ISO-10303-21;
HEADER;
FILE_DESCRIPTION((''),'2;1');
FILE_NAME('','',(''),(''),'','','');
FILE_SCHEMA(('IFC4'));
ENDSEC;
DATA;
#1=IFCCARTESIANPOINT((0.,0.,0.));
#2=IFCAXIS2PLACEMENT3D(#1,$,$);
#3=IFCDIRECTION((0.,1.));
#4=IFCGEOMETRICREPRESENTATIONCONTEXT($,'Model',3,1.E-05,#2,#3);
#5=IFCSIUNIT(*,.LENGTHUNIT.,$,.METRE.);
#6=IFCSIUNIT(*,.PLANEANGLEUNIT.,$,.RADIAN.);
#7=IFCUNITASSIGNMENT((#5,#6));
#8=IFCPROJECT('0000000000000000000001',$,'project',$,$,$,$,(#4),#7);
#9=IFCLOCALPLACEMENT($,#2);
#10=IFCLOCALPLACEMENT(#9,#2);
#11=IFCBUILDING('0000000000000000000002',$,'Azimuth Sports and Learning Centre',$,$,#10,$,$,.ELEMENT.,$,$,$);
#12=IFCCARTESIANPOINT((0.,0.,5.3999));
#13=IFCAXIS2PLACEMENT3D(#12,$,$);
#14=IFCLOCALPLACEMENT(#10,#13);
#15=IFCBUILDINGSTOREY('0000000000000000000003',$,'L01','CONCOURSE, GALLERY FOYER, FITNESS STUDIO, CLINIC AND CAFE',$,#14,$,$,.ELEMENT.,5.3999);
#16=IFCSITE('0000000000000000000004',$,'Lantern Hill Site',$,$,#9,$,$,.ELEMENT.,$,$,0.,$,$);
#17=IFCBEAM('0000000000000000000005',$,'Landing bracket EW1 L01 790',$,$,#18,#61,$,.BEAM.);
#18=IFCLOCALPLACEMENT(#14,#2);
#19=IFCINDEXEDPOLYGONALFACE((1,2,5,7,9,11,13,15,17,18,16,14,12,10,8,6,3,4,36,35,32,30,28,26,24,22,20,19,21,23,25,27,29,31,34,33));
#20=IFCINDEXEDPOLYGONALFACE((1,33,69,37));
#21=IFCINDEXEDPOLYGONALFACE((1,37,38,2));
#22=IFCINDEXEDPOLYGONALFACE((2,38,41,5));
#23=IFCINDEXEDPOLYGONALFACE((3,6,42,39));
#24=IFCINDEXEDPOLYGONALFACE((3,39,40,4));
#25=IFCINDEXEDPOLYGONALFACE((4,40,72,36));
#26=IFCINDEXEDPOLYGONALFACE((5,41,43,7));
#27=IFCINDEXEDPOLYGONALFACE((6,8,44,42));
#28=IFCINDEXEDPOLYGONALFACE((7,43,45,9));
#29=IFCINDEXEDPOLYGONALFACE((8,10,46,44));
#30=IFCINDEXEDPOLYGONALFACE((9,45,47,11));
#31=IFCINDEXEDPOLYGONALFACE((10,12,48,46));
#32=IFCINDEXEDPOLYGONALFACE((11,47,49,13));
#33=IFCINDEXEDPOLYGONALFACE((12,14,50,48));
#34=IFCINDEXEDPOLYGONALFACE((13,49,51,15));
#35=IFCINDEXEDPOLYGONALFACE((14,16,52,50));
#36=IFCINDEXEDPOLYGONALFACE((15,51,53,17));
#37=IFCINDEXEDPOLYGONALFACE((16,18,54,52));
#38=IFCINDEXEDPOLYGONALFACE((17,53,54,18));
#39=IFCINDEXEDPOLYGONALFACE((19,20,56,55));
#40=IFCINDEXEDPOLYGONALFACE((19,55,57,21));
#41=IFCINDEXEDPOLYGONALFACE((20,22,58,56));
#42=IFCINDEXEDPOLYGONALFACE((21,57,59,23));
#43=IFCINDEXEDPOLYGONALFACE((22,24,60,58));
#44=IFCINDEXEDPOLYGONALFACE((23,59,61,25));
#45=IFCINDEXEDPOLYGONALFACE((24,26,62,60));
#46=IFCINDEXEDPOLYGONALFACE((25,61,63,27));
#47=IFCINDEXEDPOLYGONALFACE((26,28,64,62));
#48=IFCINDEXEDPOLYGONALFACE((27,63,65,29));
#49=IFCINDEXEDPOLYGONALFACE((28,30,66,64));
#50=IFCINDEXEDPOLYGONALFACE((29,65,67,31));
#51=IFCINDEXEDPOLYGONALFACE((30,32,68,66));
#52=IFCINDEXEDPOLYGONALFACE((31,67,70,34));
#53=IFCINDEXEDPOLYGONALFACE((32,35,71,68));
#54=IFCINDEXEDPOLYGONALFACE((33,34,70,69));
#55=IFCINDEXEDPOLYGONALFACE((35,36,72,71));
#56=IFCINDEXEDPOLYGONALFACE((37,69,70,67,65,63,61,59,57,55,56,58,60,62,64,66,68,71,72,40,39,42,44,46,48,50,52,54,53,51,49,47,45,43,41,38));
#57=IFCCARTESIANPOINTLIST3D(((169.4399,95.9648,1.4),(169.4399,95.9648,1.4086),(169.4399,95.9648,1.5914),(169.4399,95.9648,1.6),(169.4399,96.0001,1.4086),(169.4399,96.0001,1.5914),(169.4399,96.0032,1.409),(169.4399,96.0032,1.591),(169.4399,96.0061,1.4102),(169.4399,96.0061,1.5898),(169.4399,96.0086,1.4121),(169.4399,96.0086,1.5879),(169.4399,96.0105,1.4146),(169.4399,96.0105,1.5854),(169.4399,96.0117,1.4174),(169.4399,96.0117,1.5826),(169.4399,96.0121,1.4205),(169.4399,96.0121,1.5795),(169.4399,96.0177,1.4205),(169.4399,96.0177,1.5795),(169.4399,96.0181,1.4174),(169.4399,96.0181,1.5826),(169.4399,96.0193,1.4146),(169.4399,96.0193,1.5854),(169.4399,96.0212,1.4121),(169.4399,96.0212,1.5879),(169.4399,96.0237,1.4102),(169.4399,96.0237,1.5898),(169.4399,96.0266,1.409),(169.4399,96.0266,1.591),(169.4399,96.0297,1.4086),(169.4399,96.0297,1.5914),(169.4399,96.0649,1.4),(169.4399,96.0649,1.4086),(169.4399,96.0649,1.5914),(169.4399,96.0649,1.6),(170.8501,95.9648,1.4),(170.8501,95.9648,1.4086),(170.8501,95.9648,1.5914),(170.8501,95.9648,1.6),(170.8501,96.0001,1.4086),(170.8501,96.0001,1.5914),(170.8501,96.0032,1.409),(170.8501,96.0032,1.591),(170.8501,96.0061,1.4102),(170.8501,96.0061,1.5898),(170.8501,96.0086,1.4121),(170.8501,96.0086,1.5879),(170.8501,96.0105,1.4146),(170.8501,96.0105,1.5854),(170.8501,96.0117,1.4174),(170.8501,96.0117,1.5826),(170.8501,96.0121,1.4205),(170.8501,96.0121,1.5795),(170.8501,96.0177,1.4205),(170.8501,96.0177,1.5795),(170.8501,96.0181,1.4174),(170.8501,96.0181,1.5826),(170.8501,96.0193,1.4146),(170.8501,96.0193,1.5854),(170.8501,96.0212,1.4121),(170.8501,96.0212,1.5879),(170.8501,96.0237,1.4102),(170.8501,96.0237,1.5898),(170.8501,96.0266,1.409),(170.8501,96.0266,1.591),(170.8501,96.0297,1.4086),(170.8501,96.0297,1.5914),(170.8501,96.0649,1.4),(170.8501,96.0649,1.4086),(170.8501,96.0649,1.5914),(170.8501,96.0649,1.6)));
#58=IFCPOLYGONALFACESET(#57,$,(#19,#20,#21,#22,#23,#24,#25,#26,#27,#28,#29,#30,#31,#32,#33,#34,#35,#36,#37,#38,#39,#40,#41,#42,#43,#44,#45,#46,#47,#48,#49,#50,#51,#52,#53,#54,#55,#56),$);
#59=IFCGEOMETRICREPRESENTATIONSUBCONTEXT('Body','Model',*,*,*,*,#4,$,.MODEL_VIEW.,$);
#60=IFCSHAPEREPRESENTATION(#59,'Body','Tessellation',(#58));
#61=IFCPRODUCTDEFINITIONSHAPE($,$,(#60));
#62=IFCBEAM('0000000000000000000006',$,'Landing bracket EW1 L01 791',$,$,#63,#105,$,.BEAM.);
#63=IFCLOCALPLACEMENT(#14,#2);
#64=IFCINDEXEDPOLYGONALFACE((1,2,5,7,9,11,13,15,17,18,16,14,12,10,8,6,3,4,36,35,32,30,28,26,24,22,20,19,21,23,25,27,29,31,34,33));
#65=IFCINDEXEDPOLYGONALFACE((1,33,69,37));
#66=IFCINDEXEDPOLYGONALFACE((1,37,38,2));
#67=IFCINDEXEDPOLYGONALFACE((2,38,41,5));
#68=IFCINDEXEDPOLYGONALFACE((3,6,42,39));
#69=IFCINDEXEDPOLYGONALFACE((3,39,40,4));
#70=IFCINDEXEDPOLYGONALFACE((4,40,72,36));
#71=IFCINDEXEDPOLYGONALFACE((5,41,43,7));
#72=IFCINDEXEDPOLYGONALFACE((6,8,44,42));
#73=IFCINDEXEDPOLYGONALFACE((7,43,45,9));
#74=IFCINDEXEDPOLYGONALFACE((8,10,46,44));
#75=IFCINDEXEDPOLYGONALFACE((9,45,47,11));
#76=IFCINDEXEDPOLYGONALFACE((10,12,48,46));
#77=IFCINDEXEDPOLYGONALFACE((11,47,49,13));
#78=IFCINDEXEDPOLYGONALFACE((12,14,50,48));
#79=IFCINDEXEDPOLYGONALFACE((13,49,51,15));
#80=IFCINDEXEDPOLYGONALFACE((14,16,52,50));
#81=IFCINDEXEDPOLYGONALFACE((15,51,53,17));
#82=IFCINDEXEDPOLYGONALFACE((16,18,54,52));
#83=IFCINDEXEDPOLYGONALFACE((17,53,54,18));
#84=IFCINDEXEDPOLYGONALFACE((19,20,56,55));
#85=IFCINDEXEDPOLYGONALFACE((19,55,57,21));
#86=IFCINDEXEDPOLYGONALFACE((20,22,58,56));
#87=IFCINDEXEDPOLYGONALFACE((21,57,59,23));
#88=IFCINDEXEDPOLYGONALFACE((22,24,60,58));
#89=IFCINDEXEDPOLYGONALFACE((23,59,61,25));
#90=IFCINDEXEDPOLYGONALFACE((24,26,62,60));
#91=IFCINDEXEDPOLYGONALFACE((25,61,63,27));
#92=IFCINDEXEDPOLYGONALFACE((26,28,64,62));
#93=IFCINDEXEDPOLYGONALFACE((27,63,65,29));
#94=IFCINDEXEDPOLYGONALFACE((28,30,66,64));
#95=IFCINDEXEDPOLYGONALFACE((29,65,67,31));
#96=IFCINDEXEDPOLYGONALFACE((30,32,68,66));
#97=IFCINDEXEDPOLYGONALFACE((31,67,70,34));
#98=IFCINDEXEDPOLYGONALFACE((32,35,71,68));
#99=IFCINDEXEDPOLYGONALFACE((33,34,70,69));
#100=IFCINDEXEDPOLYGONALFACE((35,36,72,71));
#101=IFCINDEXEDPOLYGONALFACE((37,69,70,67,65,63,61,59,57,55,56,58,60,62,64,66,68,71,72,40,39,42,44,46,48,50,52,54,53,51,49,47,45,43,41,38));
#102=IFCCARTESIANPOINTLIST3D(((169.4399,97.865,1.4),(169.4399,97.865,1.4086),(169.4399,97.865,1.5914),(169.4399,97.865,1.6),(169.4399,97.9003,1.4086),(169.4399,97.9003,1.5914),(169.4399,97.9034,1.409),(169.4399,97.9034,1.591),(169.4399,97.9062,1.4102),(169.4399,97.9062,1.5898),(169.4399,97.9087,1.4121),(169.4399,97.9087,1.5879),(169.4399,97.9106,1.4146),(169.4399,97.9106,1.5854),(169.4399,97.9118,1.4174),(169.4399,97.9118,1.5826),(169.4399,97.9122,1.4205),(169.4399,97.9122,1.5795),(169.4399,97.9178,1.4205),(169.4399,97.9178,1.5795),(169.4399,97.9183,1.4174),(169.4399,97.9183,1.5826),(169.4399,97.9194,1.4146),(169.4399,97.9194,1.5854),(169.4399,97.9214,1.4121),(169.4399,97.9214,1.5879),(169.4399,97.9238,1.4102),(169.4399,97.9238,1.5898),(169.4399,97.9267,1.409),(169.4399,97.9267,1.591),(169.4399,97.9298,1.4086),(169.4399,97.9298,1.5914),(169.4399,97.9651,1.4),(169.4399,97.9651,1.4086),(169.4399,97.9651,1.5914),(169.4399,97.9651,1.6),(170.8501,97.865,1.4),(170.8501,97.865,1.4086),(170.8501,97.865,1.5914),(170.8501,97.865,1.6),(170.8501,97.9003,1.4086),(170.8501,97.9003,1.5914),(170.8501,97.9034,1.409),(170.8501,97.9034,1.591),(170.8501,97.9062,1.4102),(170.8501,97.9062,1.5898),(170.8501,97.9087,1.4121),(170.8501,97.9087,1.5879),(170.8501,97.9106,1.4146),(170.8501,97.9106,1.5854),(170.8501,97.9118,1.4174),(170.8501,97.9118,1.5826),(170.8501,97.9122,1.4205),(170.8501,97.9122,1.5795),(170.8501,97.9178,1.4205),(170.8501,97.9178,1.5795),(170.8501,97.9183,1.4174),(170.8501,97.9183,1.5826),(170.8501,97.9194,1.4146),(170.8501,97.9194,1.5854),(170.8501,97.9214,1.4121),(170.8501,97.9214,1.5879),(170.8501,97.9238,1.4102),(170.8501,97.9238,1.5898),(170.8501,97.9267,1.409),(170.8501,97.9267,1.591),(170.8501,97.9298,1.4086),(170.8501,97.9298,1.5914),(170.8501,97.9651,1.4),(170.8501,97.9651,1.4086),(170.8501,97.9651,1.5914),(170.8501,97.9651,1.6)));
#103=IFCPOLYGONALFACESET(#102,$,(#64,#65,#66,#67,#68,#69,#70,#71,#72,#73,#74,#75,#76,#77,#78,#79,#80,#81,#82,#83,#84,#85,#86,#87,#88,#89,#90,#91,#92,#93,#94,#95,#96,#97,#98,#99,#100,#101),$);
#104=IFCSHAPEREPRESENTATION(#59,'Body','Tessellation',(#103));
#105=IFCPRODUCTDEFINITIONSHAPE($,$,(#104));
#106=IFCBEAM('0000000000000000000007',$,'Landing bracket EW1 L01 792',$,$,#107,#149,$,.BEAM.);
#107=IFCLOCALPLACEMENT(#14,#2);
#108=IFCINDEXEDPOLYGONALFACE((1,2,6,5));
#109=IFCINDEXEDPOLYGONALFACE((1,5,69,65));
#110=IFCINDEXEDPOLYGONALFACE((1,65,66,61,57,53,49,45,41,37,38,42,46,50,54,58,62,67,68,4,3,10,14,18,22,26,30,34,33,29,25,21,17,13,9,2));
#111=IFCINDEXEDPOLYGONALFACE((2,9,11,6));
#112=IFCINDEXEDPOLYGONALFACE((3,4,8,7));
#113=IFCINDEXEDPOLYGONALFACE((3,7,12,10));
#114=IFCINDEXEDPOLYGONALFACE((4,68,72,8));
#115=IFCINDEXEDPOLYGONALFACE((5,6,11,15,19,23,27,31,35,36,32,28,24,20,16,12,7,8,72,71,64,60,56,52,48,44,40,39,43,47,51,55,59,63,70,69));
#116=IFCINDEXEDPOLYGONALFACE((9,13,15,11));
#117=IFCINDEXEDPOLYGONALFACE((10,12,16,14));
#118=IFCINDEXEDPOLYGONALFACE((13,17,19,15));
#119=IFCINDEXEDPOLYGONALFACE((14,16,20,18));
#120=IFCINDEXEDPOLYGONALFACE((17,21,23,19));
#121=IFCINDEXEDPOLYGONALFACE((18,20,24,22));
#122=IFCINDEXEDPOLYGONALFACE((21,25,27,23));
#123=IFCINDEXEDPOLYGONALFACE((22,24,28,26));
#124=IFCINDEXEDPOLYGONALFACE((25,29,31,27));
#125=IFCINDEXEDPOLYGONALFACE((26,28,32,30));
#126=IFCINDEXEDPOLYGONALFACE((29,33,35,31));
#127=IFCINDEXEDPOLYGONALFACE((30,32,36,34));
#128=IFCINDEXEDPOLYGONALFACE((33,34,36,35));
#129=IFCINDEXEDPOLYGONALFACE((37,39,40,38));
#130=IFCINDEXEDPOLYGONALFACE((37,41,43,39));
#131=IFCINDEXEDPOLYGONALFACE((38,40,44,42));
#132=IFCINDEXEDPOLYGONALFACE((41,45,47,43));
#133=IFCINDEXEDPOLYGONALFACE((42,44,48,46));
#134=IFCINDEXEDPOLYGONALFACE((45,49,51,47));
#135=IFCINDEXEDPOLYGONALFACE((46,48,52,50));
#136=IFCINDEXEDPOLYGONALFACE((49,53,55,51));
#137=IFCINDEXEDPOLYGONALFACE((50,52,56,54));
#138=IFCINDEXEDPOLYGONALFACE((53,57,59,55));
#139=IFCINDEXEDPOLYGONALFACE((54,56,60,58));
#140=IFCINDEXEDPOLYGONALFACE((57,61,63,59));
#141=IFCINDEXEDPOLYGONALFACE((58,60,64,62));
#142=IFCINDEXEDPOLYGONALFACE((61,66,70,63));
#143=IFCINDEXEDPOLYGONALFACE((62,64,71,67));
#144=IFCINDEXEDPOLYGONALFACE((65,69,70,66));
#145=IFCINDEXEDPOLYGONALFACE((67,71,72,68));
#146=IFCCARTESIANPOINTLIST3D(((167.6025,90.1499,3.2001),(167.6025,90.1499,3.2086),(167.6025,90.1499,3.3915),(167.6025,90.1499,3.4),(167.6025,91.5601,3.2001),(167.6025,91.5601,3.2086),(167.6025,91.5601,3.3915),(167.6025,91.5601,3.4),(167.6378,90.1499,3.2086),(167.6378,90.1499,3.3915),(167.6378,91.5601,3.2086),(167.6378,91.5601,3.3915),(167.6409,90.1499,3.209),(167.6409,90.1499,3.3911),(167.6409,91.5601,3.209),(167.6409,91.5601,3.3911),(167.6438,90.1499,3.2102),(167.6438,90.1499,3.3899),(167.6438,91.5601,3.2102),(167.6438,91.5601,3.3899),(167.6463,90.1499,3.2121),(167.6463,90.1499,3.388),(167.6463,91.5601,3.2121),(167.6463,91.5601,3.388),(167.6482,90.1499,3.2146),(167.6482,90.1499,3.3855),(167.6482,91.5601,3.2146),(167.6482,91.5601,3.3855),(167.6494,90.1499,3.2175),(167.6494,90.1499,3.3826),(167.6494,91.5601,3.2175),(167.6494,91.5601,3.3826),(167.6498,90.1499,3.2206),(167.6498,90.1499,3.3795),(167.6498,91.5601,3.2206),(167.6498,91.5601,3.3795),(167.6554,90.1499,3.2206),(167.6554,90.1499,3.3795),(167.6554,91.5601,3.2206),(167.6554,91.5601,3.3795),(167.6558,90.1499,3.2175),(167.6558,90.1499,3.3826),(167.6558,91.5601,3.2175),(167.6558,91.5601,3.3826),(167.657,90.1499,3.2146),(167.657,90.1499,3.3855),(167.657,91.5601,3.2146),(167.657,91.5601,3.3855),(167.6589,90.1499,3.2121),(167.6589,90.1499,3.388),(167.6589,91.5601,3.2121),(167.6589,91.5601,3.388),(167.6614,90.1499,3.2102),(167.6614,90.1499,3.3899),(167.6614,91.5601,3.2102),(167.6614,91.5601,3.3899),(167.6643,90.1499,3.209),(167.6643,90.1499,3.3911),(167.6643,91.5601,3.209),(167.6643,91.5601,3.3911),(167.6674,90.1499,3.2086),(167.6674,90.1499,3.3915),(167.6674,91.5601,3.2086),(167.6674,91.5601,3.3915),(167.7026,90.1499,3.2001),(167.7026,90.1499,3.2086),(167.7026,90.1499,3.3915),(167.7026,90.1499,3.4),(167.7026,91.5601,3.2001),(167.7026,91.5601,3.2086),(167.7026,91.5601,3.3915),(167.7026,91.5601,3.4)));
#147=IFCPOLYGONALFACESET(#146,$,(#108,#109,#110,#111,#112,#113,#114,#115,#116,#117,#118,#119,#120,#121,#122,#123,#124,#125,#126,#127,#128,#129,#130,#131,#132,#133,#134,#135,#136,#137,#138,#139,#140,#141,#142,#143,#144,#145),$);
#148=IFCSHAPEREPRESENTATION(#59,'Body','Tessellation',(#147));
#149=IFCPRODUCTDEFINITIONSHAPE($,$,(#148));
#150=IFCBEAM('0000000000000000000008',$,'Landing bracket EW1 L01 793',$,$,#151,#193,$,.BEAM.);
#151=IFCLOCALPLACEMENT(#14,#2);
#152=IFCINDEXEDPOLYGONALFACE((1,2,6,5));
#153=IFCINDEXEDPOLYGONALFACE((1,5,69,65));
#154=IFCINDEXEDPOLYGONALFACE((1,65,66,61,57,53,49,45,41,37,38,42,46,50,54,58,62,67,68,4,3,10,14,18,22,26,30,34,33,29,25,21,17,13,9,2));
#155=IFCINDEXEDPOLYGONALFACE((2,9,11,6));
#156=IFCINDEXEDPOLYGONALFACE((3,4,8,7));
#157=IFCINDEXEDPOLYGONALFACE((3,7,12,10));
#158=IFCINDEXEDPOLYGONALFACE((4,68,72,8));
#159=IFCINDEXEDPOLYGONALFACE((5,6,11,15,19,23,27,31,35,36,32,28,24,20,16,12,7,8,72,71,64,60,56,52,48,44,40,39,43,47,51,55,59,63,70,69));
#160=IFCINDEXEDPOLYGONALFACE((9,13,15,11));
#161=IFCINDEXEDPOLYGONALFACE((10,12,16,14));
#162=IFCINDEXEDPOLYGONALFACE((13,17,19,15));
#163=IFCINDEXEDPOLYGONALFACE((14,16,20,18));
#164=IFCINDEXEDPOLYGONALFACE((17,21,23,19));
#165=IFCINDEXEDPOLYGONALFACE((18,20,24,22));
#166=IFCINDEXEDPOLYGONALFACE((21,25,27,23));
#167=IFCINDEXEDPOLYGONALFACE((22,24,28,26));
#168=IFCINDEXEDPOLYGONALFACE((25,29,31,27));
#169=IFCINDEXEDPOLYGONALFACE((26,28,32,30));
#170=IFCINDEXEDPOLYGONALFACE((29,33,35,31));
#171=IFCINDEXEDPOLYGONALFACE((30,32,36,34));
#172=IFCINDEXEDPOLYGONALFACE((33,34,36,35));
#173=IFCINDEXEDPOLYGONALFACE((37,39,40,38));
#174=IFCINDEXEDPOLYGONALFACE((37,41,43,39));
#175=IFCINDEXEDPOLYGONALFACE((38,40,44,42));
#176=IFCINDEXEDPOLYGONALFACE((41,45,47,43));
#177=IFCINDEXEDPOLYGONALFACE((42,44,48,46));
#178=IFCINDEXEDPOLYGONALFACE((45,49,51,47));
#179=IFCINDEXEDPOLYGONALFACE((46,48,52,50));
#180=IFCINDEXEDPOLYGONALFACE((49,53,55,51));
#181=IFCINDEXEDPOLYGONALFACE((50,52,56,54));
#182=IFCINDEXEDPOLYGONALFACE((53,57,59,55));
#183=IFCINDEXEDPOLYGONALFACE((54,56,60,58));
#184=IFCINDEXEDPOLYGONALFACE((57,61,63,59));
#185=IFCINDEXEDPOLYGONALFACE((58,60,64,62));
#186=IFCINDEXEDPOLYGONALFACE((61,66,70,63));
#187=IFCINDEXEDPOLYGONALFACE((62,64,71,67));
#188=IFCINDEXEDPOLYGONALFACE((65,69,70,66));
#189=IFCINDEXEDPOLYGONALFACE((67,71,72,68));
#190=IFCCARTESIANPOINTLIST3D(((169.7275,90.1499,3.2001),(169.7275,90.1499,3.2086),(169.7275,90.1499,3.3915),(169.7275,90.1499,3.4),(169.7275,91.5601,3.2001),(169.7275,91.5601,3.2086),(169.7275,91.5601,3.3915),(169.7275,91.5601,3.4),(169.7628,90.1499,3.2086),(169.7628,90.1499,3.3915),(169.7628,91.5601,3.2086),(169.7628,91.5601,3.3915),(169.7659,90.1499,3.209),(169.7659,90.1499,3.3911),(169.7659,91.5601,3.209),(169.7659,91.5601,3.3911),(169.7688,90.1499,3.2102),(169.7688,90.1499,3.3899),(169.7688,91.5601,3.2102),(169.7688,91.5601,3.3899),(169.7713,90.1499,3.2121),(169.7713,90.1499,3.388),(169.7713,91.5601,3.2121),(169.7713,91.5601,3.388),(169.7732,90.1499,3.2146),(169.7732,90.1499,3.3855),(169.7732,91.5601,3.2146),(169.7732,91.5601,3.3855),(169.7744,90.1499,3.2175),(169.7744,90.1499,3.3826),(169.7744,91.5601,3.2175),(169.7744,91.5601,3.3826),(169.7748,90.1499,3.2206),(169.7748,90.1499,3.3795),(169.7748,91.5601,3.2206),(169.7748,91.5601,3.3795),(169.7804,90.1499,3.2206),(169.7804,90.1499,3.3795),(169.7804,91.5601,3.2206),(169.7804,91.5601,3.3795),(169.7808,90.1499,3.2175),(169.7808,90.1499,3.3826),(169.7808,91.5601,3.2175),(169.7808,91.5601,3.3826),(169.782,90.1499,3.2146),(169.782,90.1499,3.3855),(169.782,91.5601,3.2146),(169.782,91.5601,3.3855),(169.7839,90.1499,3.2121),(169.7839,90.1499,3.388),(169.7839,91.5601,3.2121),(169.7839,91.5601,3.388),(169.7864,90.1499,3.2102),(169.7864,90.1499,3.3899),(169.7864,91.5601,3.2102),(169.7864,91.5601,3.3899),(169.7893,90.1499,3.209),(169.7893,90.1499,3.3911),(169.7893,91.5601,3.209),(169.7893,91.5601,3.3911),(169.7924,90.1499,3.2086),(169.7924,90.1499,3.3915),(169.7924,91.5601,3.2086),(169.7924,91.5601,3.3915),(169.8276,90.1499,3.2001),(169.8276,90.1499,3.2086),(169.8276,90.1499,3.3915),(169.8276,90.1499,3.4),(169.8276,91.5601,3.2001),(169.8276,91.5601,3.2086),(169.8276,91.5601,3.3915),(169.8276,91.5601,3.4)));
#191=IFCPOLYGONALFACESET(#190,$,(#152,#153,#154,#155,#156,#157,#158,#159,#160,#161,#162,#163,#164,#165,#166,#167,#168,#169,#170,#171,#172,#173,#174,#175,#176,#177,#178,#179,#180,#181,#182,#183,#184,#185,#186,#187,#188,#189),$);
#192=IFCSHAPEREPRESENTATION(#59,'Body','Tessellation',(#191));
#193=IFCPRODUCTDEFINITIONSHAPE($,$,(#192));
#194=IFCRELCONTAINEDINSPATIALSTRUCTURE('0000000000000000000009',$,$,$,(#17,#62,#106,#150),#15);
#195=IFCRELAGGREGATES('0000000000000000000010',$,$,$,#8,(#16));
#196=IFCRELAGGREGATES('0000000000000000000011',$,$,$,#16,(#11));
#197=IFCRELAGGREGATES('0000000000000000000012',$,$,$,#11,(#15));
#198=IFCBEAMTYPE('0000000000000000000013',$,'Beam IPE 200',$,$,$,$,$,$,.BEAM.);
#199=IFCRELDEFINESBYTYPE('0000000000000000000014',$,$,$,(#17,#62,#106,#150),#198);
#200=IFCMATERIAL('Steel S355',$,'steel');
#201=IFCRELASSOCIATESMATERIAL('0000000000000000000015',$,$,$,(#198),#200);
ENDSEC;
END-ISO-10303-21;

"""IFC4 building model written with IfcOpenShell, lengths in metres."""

from ifc_helpers import new_model, si_unit, direction, frame, origin, origin_2d, place, context, subcontext, project, spatial, i_section, extrude, material, material_profile, profile_set, type_object, element, save


model = new_model("IFC4")

# Units and contexts
model_context = context("Model", 3, precision=1e-05, world=origin(), true_north=direction((0.0, 1.0)))
body_context = subcontext(model_context, "Body", "Model", "MODEL_VIEW")
ifc_project = project(units=[si_unit("LENGTHUNIT", "METRE"), si_unit("PLANEANGLEUNIT", "RADIAN")], contexts=[model_context])

# Site, building, storey
site_placement = place(None, origin())
site = spatial("IfcSite", under=ifc_project, at=site_placement, Name="Lantern Hill Site", CompositionType="ELEMENT", RefElevation=0.0)
building_placement = place(site_placement, origin())
building = spatial("IfcBuilding", under=site, at=building_placement, Name="Azimuth Sports and Learning Centre", CompositionType="ELEMENT")
storey_placement = place(building_placement, frame((0.0, 0.0, 5.3999)))
storey = spatial("IfcBuildingStorey", under=building, at=storey_placement, Name="L01", Description="CONCOURSE, GALLERY FOYER, FITNESS STUDIO, CLINIC AND CAFE", CompositionType="ELEMENT", Elevation=5.3999)

# Beams
ifc_material_1 = material(Name="Steel S355", Category="steel")
ifc_material_profile_1 = material_profile(ifc_material_1, i_section(OverallWidth=0.1001, OverallDepth=0.2, WebThickness=0.0056, FlangeThickness=0.0085, FilletRadius=0.012, at=origin_2d()), Name="IPE 200")
ifc_profile_set_1 = profile_set([ifc_material_profile_1], Name="Steel S355")
beam_type_1 = type_object("IfcBeamType", Name="Beam IPE 200", PredefinedType="BEAM", material=ifc_profile_set_1)
for number, where, z_axis, x_axis, name in (
    (1, (170.8501, 96.0149, 1.5), (-1.0, 0.0, 0.0), (0.0, -1.0, 0.0), "Landing bracket EW1 L01 790"),
    (2, (170.8501, 97.915, 1.5), (-1.0, 0.0, 0.0), (0.0, -1.0, 0.0), "Landing bracket EW1 L01 791"),
    (3, (167.6526, 90.1499, 3.3), (0.0, 1.0, 0.0), (-1.0, 0.0, 0.0), "Landing bracket EW1 L01 792"),
    (4, (169.7776, 90.1499, 3.3), (0.0, 1.0, 0.0), (-1.0, 0.0, 0.0), "Landing bracket EW1 L01 793"),
):
    element("IfcBeam", number, at=place(storey_placement, frame(where, z_axis=z_axis, x_axis=x_axis)), inside=storey, type_object=beam_type_1, Name=name, PredefinedType="BEAM", context=body_context, shape_type="SweptSolid", body=[
        extrude(i_section(OverallWidth=0.1001, OverallDepth=0.2, WebThickness=0.0056, FlangeThickness=0.0085, FilletRadius=0.012, at=origin_2d()), origin(), (0.0, 0.0, 1.0), 1.4102),
    ])

save(model, "model.ifc")
